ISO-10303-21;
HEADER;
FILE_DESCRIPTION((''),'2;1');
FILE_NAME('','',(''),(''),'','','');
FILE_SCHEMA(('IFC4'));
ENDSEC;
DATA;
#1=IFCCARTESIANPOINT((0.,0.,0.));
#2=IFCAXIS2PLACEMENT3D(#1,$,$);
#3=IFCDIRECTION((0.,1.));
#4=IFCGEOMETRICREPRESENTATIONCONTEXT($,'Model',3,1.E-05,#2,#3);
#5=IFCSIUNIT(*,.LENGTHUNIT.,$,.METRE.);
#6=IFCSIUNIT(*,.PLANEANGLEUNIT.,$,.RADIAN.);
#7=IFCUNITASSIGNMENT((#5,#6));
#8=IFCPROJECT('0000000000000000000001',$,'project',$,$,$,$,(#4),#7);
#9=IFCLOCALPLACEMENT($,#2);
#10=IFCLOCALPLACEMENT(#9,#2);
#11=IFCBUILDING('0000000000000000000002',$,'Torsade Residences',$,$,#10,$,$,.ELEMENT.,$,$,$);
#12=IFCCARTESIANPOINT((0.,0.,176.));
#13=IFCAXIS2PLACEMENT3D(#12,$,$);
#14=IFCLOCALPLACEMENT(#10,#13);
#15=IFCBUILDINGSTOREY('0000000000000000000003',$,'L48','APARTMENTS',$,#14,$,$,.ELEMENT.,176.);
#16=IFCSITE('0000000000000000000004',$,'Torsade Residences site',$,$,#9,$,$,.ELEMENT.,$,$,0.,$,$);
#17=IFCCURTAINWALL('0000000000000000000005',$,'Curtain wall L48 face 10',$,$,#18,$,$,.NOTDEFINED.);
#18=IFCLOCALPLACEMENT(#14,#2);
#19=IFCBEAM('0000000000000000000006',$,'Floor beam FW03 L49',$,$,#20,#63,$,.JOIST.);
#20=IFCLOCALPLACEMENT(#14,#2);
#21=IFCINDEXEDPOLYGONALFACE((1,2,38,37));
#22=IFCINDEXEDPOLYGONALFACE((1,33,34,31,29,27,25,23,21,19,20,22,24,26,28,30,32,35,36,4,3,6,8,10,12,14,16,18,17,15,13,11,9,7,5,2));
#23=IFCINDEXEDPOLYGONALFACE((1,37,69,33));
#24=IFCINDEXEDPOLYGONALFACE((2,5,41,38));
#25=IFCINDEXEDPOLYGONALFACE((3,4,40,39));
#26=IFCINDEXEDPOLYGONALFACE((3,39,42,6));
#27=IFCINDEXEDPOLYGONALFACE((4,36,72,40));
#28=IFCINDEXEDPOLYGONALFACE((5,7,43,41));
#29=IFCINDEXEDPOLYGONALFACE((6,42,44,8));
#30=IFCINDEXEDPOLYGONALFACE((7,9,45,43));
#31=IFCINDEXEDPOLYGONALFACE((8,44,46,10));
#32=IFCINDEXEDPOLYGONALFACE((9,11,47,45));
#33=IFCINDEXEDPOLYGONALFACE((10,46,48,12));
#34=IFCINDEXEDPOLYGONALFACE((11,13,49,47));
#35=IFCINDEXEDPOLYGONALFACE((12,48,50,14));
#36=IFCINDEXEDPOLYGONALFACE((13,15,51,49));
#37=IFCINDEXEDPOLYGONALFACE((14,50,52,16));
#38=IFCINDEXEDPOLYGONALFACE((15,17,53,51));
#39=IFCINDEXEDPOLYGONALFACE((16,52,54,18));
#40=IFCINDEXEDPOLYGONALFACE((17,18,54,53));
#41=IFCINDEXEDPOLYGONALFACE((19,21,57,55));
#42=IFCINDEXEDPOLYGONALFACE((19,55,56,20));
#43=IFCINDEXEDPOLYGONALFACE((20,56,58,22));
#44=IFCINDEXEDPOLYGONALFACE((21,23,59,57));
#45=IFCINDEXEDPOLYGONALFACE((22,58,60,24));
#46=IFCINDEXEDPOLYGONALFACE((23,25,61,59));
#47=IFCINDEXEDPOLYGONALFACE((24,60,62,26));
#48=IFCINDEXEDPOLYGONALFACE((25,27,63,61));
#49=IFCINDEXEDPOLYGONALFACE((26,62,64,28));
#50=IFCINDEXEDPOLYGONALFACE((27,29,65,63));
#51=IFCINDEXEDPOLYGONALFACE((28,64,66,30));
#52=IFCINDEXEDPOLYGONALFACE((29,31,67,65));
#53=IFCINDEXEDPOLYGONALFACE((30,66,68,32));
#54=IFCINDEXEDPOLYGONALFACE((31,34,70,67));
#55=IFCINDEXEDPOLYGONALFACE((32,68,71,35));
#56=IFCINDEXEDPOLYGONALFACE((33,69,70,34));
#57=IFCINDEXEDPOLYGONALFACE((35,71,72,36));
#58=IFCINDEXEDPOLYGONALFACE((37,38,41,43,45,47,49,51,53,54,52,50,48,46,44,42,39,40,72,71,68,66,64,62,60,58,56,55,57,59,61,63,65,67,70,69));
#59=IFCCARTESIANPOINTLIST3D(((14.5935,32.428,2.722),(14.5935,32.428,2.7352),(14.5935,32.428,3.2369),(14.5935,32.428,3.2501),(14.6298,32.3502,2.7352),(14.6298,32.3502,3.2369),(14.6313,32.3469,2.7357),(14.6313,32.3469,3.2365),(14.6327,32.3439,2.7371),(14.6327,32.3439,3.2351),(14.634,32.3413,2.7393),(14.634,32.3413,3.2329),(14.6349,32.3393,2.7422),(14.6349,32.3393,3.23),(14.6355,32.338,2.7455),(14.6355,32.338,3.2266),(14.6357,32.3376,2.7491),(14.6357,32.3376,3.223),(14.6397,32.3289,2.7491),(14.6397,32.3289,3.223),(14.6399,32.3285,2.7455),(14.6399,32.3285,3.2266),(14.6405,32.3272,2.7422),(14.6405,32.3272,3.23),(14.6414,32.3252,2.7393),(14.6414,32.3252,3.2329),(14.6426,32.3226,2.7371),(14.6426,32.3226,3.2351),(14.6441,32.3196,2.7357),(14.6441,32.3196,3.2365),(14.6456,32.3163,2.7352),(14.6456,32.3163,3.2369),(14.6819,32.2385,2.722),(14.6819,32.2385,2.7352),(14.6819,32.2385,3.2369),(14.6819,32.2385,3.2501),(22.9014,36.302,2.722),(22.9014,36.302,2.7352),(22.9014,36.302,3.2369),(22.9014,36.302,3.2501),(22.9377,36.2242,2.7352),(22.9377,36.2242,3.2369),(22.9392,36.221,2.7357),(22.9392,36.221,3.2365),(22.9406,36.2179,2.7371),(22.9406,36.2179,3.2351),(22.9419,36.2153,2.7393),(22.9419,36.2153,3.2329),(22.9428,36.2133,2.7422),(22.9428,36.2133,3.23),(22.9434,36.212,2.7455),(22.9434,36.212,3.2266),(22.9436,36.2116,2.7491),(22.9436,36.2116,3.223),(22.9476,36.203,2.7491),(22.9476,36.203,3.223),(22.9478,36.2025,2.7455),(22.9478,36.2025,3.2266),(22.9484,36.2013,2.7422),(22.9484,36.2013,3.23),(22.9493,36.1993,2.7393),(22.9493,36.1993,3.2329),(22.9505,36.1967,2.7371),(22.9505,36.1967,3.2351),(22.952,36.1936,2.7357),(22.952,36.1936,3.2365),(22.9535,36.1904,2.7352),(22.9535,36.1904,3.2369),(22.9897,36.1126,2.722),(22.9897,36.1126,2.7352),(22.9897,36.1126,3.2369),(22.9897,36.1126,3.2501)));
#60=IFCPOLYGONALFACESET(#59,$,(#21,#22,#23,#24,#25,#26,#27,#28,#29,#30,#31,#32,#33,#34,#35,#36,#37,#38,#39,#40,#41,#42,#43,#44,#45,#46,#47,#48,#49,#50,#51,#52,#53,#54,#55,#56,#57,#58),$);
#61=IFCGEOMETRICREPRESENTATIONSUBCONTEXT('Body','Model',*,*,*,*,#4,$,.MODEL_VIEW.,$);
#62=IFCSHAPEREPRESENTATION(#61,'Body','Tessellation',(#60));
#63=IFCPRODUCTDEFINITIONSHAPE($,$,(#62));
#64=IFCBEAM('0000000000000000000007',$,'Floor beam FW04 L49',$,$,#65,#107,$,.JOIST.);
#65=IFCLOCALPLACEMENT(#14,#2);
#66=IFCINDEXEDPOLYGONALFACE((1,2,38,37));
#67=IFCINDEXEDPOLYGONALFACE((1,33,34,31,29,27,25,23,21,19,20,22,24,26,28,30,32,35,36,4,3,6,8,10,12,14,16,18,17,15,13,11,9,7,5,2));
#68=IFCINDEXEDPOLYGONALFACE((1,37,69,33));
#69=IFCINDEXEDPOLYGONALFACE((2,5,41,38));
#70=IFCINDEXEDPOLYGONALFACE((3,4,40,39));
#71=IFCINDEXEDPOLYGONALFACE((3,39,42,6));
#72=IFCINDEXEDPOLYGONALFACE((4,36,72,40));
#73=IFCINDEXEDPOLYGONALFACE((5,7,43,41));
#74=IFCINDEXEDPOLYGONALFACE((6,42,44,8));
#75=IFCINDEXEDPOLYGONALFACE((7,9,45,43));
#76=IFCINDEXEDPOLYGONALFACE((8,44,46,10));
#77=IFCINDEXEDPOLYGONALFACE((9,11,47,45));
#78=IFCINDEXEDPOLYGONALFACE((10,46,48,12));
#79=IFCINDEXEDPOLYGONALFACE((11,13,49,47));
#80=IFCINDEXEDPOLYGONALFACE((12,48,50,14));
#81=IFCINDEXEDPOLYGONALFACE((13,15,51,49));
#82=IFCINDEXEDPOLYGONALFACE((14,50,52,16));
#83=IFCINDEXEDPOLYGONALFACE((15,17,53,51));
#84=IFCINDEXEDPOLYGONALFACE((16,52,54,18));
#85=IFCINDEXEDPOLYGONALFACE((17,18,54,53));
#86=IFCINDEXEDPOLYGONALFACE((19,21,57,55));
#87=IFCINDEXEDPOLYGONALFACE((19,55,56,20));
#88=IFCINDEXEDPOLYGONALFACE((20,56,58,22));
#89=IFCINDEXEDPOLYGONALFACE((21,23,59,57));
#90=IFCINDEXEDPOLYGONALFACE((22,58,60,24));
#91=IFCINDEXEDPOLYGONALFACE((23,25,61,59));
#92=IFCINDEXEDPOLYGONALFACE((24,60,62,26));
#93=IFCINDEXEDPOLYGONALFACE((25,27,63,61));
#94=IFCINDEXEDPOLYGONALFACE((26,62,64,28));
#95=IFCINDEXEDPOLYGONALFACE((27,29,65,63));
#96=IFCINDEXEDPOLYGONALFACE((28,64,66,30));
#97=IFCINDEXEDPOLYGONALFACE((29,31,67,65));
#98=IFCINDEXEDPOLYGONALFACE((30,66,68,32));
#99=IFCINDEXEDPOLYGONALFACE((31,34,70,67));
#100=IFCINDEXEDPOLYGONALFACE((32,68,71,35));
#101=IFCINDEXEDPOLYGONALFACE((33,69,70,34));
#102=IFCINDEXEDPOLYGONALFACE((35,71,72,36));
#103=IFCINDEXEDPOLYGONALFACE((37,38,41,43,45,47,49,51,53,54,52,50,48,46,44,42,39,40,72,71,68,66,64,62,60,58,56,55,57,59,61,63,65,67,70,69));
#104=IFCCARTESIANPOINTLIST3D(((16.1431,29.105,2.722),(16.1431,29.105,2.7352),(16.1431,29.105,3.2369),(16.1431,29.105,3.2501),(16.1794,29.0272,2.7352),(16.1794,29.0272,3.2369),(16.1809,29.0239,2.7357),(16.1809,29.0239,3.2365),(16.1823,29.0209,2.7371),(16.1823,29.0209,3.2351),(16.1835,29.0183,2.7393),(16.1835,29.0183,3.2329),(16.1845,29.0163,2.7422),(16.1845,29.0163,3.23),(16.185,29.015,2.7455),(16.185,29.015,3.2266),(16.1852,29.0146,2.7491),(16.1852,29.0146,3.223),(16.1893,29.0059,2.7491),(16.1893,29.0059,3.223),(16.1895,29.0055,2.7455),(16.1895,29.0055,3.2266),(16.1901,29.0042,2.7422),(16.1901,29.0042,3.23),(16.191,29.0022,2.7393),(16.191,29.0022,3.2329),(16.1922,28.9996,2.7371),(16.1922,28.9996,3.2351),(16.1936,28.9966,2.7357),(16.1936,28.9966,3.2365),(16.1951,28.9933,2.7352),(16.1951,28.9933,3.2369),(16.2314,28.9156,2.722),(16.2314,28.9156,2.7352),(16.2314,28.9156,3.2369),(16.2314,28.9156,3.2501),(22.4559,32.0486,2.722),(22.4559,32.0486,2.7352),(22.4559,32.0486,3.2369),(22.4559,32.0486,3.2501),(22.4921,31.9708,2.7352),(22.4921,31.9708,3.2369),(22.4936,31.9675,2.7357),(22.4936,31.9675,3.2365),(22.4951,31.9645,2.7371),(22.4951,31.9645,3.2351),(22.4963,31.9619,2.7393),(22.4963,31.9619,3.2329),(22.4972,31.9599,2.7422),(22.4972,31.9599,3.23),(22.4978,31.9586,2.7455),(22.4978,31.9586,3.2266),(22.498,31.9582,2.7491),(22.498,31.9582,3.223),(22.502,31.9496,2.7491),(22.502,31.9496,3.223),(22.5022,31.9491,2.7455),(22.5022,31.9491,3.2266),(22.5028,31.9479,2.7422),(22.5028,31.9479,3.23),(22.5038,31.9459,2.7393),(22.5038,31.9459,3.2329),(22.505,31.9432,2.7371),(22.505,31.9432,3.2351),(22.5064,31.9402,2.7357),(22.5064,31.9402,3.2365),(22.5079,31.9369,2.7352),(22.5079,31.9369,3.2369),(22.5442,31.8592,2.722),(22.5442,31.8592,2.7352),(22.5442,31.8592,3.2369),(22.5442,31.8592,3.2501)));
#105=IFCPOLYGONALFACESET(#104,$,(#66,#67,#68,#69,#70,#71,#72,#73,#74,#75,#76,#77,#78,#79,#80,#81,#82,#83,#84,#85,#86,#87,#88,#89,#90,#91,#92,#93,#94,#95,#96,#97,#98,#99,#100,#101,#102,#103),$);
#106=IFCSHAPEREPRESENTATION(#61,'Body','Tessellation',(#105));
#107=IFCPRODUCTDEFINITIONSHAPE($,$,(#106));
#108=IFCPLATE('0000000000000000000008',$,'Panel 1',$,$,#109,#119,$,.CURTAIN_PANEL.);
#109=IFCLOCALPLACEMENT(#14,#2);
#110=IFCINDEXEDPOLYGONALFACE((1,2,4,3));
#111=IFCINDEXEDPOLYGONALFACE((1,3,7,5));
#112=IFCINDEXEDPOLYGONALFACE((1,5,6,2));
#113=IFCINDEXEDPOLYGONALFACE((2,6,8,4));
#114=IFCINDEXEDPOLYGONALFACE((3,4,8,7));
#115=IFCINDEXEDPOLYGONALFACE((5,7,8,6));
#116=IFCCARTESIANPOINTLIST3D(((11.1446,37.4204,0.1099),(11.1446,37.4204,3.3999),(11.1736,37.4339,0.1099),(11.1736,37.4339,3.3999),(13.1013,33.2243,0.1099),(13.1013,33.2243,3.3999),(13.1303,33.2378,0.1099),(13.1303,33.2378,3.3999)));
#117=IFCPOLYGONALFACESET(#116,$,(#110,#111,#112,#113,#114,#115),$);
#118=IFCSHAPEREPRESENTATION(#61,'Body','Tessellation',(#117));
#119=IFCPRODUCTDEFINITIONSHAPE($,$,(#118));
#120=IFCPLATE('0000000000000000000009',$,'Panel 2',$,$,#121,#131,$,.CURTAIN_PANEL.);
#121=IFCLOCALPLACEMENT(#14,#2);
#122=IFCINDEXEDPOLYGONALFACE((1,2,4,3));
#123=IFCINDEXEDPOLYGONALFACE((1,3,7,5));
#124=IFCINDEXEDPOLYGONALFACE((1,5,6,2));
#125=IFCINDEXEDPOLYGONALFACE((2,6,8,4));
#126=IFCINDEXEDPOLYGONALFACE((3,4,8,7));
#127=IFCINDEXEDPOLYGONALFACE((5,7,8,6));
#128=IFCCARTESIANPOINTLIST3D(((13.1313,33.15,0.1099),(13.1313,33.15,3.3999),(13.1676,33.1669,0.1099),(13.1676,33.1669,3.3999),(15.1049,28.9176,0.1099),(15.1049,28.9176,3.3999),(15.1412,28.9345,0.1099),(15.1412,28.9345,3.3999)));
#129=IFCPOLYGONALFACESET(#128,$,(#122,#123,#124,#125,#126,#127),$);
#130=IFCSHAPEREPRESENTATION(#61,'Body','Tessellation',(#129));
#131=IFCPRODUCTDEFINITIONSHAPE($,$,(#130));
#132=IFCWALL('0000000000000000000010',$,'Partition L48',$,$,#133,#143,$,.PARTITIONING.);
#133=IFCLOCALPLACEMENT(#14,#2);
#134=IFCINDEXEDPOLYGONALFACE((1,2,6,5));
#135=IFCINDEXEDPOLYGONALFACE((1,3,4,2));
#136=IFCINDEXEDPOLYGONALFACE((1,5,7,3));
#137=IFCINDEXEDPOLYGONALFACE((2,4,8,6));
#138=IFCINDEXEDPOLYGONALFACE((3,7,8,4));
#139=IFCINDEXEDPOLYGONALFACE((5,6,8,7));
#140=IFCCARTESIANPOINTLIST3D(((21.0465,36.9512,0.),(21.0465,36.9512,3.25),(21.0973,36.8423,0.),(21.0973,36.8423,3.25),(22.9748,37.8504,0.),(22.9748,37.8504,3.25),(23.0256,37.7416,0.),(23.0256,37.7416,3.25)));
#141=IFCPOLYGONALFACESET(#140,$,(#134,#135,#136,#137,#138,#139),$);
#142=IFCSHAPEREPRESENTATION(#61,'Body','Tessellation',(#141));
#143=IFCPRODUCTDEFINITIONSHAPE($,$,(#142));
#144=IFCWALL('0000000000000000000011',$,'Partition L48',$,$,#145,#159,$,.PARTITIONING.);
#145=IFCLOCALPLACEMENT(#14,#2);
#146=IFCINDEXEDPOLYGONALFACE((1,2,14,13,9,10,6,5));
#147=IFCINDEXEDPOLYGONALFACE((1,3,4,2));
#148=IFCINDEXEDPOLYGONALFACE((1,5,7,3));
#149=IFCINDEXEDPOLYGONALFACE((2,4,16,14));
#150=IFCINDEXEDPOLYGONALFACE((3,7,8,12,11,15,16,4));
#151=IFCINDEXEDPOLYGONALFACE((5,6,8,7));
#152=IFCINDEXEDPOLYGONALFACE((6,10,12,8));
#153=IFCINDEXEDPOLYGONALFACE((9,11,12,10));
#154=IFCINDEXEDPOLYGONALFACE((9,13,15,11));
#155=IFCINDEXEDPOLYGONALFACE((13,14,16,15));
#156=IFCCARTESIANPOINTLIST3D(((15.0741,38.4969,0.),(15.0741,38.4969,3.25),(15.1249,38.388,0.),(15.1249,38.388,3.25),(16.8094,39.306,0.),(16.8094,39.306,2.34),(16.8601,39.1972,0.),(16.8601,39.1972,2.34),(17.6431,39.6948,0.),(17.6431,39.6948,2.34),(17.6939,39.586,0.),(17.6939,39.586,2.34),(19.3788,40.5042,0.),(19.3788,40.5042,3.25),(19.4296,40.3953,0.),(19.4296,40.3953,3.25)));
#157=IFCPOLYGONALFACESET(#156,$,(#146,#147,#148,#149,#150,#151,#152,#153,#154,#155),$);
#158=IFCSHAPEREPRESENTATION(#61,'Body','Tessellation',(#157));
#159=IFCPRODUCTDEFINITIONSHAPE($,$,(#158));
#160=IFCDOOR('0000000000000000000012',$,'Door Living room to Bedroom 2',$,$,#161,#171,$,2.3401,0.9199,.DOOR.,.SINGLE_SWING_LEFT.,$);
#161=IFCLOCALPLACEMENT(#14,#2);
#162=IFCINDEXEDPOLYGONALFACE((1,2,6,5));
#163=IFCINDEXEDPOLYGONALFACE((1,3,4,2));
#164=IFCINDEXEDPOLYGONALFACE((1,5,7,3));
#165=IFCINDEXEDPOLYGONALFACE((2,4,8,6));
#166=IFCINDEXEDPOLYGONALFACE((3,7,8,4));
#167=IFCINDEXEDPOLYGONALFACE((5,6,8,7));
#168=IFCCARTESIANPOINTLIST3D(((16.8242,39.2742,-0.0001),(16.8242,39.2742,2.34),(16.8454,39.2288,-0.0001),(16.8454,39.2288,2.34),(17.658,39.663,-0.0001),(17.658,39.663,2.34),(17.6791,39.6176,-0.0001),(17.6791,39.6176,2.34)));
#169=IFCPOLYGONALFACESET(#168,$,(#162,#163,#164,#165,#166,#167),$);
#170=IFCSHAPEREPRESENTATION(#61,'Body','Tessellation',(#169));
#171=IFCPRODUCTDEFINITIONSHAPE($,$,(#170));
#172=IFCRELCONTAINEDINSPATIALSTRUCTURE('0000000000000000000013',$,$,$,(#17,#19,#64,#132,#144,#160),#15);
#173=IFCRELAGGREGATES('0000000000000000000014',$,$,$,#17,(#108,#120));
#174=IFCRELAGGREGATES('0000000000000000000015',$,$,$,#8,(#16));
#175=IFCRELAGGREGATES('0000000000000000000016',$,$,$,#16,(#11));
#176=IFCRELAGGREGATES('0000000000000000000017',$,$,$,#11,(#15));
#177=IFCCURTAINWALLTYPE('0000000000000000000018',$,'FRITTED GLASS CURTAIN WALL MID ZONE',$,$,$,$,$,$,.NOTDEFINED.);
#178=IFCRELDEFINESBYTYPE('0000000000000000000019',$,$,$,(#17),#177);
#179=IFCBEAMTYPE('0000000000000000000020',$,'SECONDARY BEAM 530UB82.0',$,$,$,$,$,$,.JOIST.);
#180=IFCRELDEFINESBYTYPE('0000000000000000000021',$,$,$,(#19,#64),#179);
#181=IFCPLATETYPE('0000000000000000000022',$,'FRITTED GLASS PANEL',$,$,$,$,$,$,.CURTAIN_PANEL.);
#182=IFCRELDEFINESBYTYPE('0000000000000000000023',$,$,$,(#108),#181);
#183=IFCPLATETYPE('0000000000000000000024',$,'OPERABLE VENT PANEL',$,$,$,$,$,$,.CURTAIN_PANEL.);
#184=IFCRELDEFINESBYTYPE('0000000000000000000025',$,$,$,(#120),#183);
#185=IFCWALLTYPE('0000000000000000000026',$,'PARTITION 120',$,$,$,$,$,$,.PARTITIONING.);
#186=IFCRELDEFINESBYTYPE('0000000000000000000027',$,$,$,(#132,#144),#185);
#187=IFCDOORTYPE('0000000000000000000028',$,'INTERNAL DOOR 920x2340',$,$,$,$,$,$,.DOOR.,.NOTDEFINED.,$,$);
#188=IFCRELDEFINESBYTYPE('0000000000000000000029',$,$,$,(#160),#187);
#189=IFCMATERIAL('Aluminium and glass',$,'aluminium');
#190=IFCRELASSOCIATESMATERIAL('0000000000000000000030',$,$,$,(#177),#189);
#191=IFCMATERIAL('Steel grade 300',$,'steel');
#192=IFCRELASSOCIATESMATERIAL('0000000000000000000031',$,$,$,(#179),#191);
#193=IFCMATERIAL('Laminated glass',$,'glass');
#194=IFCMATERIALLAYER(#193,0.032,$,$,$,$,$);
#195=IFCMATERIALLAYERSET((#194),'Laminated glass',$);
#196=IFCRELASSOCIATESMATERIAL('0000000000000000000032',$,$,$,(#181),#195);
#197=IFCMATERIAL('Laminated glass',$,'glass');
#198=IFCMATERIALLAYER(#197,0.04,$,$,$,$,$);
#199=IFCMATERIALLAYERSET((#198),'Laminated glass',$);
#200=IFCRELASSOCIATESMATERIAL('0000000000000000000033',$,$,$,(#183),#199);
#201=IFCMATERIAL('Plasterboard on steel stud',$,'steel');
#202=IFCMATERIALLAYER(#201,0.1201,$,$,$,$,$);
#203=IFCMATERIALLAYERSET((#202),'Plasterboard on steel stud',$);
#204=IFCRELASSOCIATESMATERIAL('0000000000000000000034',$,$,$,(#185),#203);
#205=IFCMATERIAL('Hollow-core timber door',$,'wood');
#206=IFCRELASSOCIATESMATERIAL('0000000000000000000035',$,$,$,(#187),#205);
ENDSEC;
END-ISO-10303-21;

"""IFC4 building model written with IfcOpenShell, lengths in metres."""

from ifc_helpers import new_model, si_unit, direction, frame, frame_2d, origin, origin_2d, place, context, subcontext, project, spatial, rectangle, i_section, extrude, material, layer, layer_set, material_profile, profile_set, type_object, element, fill, aggregate, save


model = new_model("IFC4")

# Units and contexts
model_context = context("Model", 3, precision=1e-05, world=origin(), true_north=direction((0.0, 1.0)))
body_context = subcontext(model_context, "Body", "Model", "MODEL_VIEW")
ifc_project = project(units=[si_unit("LENGTHUNIT", "METRE"), si_unit("PLANEANGLEUNIT", "RADIAN")], contexts=[model_context])

# Site, building, storey
site_placement = place(None, origin())
site = spatial("IfcSite", under=ifc_project, at=site_placement, Name="Torsade Residences site", CompositionType="ELEMENT", RefElevation=0.0)
building_placement = place(site_placement, origin())
building = spatial("IfcBuilding", under=site, at=building_placement, Name="Torsade Residences", CompositionType="ELEMENT")
storey_placement = place(building_placement, frame((0.0, 0.0, 176.0)))
storey = spatial("IfcBuildingStorey", under=building, at=storey_placement, Name="L48", Description="APARTMENTS", CompositionType="ELEMENT", Elevation=176.0)

# Curtain wall
ifc_material_1 = material(Name="Aluminium and glass", Category="aluminium")
curtain_wall_type = type_object("IfcCurtainWallType", Name="FRITTED GLASS CURTAIN WALL MID ZONE", PredefinedType="NOTDEFINED", material=ifc_material_1)
curtain_wall_placement = place(storey_placement, origin())
curtain_wall = element("IfcCurtainWall", 1, at=curtain_wall_placement, inside=storey, type_object=curtain_wall_type, Name="Curtain wall L48 face 10", PredefinedType="NOTDEFINED")

# Beams
ifc_material_2 = material(Name="Steel grade 300", Category="steel")
ifc_material_profile_1 = material_profile(ifc_material_2, i_section(OverallWidth=0.209, OverallDepth=0.5281, WebThickness=0.0095, FlangeThickness=0.0132, FilletRadius=0.0139, at=origin_2d()), Name="530UB82.0")
ifc_profile_set_1 = profile_set([ifc_material_profile_1], Name="Steel grade 300")
beam_type_1 = type_object("IfcBeamType", Name="SECONDARY BEAM 530UB82.0", PredefinedType="JOIST", material=ifc_profile_set_1)
beam_1_placement = place(storey_placement, frame((14.6377, 32.3333, 2.9861), z_axis=(0.906308, 0.422619, 0.0), x_axis=(-0.422619, 0.906308, 0.0)))
element("IfcBeam", 2, at=beam_1_placement, inside=storey, type_object=beam_type_1, Name="Floor beam FW03 L49", PredefinedType="JOIST", context=body_context, shape_type="SweptSolid", body=[
    extrude(i_section(OverallWidth=0.209, OverallDepth=0.5281, WebThickness=0.0095, FlangeThickness=0.0132, FilletRadius=0.0139, at=origin_2d()), origin(), (0.0, 0.0, 1.0), 9.1667),
])
beam_2_placement = place(storey_placement, frame((16.1873, 29.0103, 2.9861), z_axis=(0.906312, 0.422609, 0.0), x_axis=(-0.422609, 0.906312, 0.0)))
element("IfcBeam", 3, at=beam_2_placement, inside=storey, type_object=beam_type_1, Name="Floor beam FW04 L49", PredefinedType="JOIST", context=body_context, shape_type="SweptSolid", body=[
    extrude(i_section(OverallWidth=0.209, OverallDepth=0.5281, WebThickness=0.0095, FlangeThickness=0.0132, FilletRadius=0.0139, at=origin_2d()), origin(), (0.0, 0.0, 1.0), 6.9653),
])

# Plates
ifc_material_3 = material(Name="Laminated glass", Category="glass")
ifc_layer_1 = layer(ifc_material_3, 0.032)
ifc_layer_set_1 = layer_set([ifc_layer_1], Name="Laminated glass")
plate_type_1 = type_object("IfcPlateType", Name="FRITTED GLASS PANEL", PredefinedType="CURTAIN_PANEL", material=ifc_layer_set_1)
plate_1_placement = place(storey_placement, frame((12.1375, 35.3291, 0.1099), z_axis=(0.0, 0.0, 1.0), x_axis=(0.422618, -0.906308, 0.0)))
plate_1 = element("IfcPlate", 4, at=plate_1_placement, type_object=plate_type_1, Name="Panel 1", PredefinedType="CURTAIN_PANEL", context=body_context, shape_type="SweptSolid", body=[
    extrude(rectangle(XDim=4.6299, YDim=0.032, at=origin_2d()), origin(), (0.0, 0.0, 1.0), 3.29),
])
ifc_material_4 = material(Name="Laminated glass", Category="glass")
ifc_layer_2 = layer(ifc_material_4, 0.04)
ifc_layer_set_2 = layer_set([ifc_layer_2], Name="Laminated glass")
plate_type_2 = type_object("IfcPlateType", Name="OPERABLE VENT PANEL", PredefinedType="CURTAIN_PANEL", material=ifc_layer_set_2)
plate_2_placement = place(storey_placement, frame((14.1362, 31.0422, 0.1099), z_axis=(0.0, 0.0, 1.0), x_axis=(0.422618, -0.906308, 0.0)))
plate_2 = element("IfcPlate", 5, at=plate_2_placement, type_object=plate_type_2, Name="Panel 2", PredefinedType="CURTAIN_PANEL", context=body_context, shape_type="SweptSolid", body=[
    extrude(rectangle(XDim=4.6699, YDim=0.04, at=origin_2d()), origin(), (0.0, 0.0, 1.0), 3.29),
])
aggregate(curtain_wall, [plate_1, plate_2])

# Wall
ifc_material_5 = material(Name="Plasterboard on steel stud", Category="steel")
ifc_layer_3 = layer(ifc_material_5, 0.1201)
ifc_layer_set_3 = layer_set([ifc_layer_3], Name="Plasterboard on steel stud")
wall_type_1 = type_object("IfcWallType", Name="PARTITION 120", PredefinedType="PARTITIONING", material=ifc_layer_set_3)
wall_1_placement = place(storey_placement, frame((21.0718, 36.8967, 0.0), z_axis=(0.0, 0.0, 1.0), x_axis=(0.906303, 0.422628, 0.0)))
element("IfcWall", 6, at=wall_1_placement, inside=storey, type_object=wall_type_1, Name="Partition L48", PredefinedType="PARTITIONING", context=body_context, shape_type="SweptSolid", body=[
    extrude(rectangle(XDim=2.1277, YDim=0.1201, at=frame_2d((1.064, 0.0))), origin(), (0.0, 0.0, 1.0), 3.25),
])

# Wall, opening, door
wall_2_placement = place(storey_placement, frame((15.0994, 38.4424, 0.0), z_axis=(0.0, 0.0, 1.0), x_axis=(0.906307, 0.422621, 0.0)))
wall_2 = element("IfcWall", 7, at=wall_2_placement, inside=storey, type_object=wall_type_1, Name="Partition L48", PredefinedType="PARTITIONING", context=body_context, shape_type="SweptSolid", body=[
    extrude(rectangle(XDim=4.7498, YDim=0.1201, at=frame_2d((2.375, 0.0))), origin(), (0.0, 0.0, 1.0), 3.25),
])
opening_1_placement = place(wall_2_placement, frame((1.9148, 0.0, 0.0)))
opening_1 = element("IfcOpeningElement", 8, at=opening_1_placement, cuts=wall_2, PredefinedType="OPENING", context=body_context, shape_type="SweptSolid", body=[
    extrude(rectangle(XDim=0.9199, YDim=2.3401, at=frame_2d((0.46, 1.1699))), frame((0.0, 0.0701, 0.0), z_axis=(0.0, -1.0, 0.0), x_axis=(1.0, 0.0, 0.0)), (0.0, 0.0, 1.0), 0.1401),
])
ifc_material_6 = material(Name="Hollow-core timber door", Category="wood")
door_type = type_object("IfcDoorType", Name="INTERNAL DOOR 920x2340", OperationType="NOTDEFINED", PredefinedType="DOOR", material=ifc_material_6)
door_1_placement = place(opening_1_placement, origin())
door_1 = element("IfcDoor", 9, at=door_1_placement, inside=storey, type_object=door_type, Name="Door Living room to Bedroom 2", OperationType="SINGLE_SWING_LEFT", OverallHeight=2.3401, OverallWidth=0.9199, PredefinedType="DOOR", context=body_context, shape_type="SweptSolid", body=[
    extrude(rectangle(XDim=0.9199, YDim=2.3401, at=frame_2d((0.46, 1.1699))), frame((0.0, 0.0249, 0.0), z_axis=(0.0, -1.0, 0.0), x_axis=(1.0, 0.0, 0.0)), (0.0, 0.0, 1.0), 0.05),
])
fill(opening_1, door_1)

save(model, "model.ifc")
